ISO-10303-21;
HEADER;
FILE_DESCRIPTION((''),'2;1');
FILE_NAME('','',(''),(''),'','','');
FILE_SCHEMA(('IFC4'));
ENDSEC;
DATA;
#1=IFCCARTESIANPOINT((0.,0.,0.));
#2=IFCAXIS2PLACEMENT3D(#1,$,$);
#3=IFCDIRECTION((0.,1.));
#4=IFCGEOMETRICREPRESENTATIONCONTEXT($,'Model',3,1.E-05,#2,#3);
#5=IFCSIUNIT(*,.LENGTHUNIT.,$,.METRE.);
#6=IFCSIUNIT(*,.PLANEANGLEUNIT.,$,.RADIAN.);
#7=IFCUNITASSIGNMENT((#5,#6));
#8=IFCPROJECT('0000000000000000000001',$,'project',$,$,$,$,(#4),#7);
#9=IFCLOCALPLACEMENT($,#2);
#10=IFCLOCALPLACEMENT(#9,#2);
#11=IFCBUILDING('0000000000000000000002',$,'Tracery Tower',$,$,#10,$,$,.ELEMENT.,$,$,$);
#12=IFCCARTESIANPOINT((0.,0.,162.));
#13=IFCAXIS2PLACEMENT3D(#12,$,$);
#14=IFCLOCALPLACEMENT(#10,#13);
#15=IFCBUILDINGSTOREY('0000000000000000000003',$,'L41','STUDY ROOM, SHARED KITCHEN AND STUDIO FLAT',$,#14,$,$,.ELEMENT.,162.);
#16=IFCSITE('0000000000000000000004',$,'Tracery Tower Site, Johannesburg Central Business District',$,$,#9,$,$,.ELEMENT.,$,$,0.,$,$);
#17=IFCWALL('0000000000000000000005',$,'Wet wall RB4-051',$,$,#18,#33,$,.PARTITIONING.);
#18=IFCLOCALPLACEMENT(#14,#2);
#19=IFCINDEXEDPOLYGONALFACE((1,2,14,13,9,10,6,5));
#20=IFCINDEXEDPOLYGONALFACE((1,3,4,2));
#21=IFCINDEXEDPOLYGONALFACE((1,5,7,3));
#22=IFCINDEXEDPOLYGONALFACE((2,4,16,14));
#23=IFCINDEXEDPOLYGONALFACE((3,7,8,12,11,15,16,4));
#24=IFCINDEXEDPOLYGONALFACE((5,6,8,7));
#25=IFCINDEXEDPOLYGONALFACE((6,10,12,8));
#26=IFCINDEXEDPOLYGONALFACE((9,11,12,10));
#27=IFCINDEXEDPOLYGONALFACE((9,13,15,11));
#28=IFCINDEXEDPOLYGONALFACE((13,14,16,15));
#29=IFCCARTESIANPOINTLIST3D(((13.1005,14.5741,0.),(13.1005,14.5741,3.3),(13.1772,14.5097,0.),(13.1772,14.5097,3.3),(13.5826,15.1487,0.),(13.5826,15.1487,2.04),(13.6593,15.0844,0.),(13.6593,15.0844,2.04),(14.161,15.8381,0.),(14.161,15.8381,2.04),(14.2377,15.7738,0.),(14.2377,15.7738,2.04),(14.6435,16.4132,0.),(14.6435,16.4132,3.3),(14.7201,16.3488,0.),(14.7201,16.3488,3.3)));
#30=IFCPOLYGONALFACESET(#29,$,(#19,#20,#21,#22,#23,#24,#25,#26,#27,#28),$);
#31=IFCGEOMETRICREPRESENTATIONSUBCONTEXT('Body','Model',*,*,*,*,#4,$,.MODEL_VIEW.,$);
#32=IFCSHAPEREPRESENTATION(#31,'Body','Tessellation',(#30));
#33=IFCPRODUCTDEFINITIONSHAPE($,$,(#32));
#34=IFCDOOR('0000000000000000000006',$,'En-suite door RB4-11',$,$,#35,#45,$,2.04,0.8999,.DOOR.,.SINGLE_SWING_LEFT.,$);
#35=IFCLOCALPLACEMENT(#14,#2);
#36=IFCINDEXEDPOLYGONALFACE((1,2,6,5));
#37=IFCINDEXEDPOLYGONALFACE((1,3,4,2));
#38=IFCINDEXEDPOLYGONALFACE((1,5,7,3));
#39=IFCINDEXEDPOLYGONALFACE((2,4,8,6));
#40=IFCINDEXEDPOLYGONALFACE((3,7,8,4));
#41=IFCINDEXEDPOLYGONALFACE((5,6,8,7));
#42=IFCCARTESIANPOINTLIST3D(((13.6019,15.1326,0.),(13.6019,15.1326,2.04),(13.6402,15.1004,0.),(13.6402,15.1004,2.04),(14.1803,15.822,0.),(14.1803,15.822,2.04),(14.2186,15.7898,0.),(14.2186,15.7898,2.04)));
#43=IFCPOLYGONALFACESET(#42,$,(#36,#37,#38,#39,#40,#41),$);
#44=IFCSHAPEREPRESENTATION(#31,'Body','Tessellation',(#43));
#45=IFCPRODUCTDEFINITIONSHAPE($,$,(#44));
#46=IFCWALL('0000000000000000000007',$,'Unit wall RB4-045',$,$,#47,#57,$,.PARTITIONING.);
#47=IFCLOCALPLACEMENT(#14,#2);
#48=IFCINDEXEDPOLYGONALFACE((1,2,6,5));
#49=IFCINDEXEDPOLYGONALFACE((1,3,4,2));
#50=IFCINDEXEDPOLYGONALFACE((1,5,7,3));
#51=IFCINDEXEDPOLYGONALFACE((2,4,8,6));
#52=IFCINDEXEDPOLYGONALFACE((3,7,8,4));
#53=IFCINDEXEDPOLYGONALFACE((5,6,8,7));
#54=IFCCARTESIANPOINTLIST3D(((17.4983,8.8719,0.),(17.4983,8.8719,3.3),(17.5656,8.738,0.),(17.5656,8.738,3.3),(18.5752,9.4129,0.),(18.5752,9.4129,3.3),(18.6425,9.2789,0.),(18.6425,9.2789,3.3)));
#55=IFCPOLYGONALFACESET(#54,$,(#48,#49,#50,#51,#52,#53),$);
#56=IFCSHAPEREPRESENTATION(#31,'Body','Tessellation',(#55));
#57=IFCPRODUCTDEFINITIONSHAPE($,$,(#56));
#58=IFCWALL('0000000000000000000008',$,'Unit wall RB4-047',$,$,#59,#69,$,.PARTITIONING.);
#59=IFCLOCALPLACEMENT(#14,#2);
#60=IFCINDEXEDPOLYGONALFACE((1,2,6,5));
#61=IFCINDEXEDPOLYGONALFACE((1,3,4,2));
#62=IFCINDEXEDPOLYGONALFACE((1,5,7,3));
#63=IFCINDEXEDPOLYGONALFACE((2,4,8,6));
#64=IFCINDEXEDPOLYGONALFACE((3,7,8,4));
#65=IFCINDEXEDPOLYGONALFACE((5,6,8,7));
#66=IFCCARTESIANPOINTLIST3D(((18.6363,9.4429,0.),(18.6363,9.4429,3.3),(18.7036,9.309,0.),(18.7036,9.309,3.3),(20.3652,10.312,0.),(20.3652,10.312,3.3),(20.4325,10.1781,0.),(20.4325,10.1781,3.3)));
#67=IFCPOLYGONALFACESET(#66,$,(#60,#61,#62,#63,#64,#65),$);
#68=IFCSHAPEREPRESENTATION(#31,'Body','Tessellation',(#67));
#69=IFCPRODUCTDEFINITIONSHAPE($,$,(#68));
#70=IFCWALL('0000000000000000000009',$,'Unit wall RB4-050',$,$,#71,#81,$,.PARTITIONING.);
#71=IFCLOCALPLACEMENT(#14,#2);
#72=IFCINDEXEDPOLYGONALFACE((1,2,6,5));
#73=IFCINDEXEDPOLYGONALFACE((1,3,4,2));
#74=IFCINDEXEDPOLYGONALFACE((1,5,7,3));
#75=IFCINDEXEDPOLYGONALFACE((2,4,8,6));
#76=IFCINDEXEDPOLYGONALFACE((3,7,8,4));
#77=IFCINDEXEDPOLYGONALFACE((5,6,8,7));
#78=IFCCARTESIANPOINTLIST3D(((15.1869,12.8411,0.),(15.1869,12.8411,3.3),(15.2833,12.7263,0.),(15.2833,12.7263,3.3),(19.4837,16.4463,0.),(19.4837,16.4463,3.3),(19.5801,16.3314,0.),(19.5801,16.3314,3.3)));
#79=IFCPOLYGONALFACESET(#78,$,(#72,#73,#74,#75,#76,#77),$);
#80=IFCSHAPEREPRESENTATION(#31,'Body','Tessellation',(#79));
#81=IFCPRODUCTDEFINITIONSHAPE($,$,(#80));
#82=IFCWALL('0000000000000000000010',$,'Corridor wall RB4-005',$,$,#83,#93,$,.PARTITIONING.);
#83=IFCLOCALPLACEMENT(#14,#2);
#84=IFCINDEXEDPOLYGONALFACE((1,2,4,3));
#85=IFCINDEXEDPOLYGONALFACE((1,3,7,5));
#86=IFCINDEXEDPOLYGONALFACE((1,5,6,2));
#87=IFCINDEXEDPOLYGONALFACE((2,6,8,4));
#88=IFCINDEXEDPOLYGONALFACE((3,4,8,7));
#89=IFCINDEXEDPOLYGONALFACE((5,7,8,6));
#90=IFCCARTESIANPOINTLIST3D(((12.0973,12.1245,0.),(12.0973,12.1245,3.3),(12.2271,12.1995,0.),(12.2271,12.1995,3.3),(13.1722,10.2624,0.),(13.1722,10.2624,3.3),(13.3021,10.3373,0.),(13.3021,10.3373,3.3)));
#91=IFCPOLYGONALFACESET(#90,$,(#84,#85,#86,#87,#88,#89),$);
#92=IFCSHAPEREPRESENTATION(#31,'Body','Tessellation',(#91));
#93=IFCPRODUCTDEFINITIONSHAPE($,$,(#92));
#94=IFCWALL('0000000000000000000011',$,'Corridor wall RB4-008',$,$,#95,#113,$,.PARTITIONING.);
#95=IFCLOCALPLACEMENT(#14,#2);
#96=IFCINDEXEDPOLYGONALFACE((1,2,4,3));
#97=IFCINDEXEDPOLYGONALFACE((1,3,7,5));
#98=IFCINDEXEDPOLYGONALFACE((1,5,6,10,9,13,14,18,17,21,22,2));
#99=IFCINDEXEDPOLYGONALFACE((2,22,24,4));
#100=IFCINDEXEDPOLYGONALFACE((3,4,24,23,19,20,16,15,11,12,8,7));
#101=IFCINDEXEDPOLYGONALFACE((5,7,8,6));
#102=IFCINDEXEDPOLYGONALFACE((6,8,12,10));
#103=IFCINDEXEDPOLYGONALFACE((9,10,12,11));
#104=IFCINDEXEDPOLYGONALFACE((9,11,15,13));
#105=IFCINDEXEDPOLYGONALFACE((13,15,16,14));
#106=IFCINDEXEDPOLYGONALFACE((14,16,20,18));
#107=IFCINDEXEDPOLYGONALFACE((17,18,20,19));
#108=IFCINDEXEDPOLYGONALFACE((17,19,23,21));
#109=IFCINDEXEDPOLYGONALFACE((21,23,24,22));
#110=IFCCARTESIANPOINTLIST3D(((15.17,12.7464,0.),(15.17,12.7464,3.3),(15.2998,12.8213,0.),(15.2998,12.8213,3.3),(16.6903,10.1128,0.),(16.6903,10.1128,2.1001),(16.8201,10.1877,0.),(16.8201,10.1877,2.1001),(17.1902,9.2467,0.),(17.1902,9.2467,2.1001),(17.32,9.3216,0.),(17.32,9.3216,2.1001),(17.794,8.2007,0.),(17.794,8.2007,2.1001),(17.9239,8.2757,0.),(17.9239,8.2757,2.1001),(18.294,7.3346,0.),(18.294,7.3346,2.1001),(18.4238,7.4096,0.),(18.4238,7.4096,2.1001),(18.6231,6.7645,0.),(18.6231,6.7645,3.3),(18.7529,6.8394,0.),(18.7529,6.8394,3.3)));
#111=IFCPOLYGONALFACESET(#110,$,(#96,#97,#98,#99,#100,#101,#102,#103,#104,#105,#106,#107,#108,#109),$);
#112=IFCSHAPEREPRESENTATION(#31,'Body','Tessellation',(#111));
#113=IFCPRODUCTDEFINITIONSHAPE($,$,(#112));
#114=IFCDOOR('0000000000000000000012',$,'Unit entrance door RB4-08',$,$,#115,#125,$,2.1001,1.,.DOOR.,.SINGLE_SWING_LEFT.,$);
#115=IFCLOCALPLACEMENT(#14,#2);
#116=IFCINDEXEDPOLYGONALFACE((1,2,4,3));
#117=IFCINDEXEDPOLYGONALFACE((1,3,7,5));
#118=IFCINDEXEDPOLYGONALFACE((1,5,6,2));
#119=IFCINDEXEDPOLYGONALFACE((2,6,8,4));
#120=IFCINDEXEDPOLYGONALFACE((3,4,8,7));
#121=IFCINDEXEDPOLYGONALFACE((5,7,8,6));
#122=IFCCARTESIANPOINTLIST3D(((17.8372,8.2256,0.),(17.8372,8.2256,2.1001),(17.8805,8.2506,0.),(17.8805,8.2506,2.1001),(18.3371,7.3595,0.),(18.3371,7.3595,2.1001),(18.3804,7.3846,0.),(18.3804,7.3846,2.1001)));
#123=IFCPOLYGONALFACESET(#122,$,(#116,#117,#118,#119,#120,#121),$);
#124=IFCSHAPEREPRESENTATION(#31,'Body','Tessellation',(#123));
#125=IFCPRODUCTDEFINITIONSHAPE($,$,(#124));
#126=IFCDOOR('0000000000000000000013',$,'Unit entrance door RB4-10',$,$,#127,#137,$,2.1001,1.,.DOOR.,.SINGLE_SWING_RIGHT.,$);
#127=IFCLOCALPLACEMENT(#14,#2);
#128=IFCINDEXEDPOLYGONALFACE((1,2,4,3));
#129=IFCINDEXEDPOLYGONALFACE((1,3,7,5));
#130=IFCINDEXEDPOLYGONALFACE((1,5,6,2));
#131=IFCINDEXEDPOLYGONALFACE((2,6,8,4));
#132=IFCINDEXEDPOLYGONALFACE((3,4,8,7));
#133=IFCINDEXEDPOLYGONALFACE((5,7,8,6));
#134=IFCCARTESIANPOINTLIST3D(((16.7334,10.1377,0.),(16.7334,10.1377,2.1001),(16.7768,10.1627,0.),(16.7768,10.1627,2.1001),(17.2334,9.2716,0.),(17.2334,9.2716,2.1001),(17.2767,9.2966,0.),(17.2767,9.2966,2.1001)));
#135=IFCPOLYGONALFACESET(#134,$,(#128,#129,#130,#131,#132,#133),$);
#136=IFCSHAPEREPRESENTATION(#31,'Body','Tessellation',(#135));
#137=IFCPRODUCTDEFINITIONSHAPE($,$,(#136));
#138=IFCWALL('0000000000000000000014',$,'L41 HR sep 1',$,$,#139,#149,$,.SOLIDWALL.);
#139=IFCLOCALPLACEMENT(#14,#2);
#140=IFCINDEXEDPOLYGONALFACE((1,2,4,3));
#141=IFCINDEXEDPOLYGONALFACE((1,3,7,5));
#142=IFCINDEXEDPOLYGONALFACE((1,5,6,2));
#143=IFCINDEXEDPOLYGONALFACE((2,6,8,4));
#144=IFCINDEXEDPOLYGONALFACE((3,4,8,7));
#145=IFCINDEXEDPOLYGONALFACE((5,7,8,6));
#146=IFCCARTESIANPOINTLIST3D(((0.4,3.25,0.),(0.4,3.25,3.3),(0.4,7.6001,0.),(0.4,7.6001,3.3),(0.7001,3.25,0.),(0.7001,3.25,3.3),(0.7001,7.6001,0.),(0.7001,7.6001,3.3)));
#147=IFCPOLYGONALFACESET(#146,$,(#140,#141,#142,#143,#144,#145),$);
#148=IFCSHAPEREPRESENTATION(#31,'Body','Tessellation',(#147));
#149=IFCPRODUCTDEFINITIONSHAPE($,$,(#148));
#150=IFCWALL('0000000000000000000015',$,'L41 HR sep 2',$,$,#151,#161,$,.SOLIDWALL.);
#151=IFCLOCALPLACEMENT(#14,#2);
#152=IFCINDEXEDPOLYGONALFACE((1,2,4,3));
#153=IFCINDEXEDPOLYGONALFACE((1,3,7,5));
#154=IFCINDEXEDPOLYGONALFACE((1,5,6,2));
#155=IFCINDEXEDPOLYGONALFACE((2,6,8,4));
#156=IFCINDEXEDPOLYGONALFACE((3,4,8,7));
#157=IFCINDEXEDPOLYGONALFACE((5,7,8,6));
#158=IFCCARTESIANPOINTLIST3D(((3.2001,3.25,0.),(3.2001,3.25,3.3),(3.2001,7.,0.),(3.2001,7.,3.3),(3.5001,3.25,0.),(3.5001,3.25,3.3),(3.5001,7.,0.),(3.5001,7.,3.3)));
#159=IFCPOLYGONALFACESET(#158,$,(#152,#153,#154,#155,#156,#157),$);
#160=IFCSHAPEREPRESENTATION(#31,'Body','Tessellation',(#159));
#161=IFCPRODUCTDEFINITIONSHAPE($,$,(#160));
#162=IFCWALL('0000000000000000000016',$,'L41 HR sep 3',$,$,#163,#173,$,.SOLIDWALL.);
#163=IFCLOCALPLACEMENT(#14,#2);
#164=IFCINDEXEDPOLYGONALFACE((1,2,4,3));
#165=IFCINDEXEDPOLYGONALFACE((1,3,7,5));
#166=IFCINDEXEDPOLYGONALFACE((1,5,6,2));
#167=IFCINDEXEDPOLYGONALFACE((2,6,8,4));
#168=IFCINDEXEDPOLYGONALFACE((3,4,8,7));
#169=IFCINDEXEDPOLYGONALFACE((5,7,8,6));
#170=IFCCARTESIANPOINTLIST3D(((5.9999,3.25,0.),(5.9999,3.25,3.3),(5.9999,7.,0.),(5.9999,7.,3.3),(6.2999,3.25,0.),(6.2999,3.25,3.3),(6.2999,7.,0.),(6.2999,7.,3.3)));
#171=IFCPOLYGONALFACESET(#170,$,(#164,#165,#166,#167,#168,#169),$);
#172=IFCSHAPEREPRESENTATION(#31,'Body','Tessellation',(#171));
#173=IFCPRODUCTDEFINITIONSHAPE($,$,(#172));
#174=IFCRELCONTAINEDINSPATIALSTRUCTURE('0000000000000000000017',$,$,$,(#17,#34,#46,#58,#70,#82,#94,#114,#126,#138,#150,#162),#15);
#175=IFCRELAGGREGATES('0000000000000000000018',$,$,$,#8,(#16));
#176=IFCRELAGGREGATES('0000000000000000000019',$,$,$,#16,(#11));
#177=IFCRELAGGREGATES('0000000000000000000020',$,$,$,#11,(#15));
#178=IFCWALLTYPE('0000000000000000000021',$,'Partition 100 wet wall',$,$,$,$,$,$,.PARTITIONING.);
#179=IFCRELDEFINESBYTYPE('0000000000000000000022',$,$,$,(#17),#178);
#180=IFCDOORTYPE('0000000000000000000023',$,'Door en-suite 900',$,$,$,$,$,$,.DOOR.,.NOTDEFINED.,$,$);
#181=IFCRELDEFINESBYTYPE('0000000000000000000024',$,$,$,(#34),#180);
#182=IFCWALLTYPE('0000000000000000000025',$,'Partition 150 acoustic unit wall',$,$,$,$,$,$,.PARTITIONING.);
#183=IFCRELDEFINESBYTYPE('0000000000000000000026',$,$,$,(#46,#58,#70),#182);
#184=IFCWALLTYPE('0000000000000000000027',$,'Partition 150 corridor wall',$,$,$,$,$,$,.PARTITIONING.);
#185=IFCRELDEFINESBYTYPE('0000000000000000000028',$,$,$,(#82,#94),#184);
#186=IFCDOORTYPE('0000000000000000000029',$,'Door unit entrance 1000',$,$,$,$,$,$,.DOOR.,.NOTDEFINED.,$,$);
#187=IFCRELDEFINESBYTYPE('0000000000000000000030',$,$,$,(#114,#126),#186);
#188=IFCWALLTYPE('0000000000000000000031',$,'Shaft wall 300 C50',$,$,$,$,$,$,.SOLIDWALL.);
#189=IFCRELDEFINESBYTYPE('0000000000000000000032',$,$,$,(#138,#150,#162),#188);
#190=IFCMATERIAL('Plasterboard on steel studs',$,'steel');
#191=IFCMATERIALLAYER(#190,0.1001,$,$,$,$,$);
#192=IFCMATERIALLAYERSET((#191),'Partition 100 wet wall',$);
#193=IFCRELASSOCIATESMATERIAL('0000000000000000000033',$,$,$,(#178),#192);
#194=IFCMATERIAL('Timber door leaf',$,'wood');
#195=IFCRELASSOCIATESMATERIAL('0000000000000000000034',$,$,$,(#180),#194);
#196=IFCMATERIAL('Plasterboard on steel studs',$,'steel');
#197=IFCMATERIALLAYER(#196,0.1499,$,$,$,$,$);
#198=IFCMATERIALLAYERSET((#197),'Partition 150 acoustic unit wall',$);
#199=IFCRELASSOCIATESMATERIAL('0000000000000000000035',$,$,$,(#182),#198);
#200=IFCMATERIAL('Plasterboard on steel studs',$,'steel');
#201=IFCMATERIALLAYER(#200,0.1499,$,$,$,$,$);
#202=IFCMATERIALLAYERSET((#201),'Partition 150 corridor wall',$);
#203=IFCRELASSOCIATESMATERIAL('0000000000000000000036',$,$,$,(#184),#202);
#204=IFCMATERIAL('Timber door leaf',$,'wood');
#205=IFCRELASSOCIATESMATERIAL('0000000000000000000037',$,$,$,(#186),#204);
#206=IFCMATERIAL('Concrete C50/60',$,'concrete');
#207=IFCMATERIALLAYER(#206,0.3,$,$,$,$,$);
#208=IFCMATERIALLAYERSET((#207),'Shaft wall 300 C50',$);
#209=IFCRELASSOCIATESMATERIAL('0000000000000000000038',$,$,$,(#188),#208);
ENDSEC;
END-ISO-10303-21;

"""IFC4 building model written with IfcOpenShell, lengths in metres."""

from ifc_helpers import new_model, si_unit, direction, frame, frame_2d, origin, place, context, subcontext, project, spatial, rectangle, extrude, material, layer, layer_set, type_object, element, fill, save


model = new_model("IFC4")

# Units and contexts
model_context = context("Model", 3, precision=1e-05, world=origin(), true_north=direction((0.0, 1.0)))
body_context = subcontext(model_context, "Body", "Model", "MODEL_VIEW")
ifc_project = project(units=[si_unit("LENGTHUNIT", "METRE"), si_unit("PLANEANGLEUNIT", "RADIAN")], contexts=[model_context])

# Site, building, storey
site_placement = place(None, origin())
site = spatial("IfcSite", under=ifc_project, at=site_placement, Name="Tracery Tower Site, Johannesburg Central Business District", CompositionType="ELEMENT", RefElevation=0.0)
building_placement = place(site_placement, origin())
building = spatial("IfcBuilding", under=site, at=building_placement, Name="Tracery Tower", CompositionType="ELEMENT")
storey_placement = place(building_placement, frame((0.0, 0.0, 162.0)))
storey = spatial("IfcBuildingStorey", under=building, at=storey_placement, Name="L41", Description="STUDY ROOM, SHARED KITCHEN AND STUDIO FLAT", CompositionType="ELEMENT", Elevation=162.0)

# Shared definitions
ifc_material_1 = material(Name="Plasterboard on steel studs", Category="steel")
ifc_layer_1 = layer(ifc_material_1, 0.1001)
ifc_layer_set_1 = layer_set([ifc_layer_1], Name="Partition 100 wet wall")
wall_type_1 = type_object("IfcWallType", Name="Partition 100 wet wall", PredefinedType="PARTITIONING", material=ifc_layer_set_1)
ifc_material_2 = material(Name="Timber door leaf", Category="wood")
door_type_1 = type_object("IfcDoorType", Name="Door en-suite 900", OperationType="NOTDEFINED", PredefinedType="DOOR", material=ifc_material_2)

# Wall, opening, door
wall_1_placement = place(storey_placement, frame((13.1389, 14.542, 0.0), z_axis=(0.0, 0.0, 1.0), x_axis=(0.642732, 0.766091, 0.0)))
wall_1 = element("IfcWall", 1, at=wall_1_placement, inside=storey, type_object=wall_type_1, Name="Wet wall RB4-051", PredefinedType="PARTITIONING", context=body_context, shape_type="SweptSolid", body=[
    extrude(rectangle(XDim=2.4006, YDim=0.1001, at=frame_2d((1.2002, 0.0))), origin(), (0.0, 0.0, 1.0), 3.3),
])
opening_1_placement = place(wall_1_placement, frame((0.75, 0.0, 0.0)))
opening_1 = element("IfcOpeningElement", 2, at=opening_1_placement, cuts=wall_1, PredefinedType="OPENING", context=body_context, shape_type="SweptSolid", body=[
    extrude(rectangle(XDim=0.8999, YDim=2.04, at=frame_2d((0.45, 1.02))), frame((0.0, 0.05, 0.0), z_axis=(0.0, -1.0, 0.0), x_axis=(1.0, 0.0, 0.0)), (0.0, 0.0, 1.0), 0.1001),
])
door_1_placement = place(opening_1_placement, origin())
door_1 = element("IfcDoor", 3, at=door_1_placement, inside=storey, type_object=door_type_1, Name="En-suite door RB4-11", OperationType="SINGLE_SWING_LEFT", OverallHeight=2.04, OverallWidth=0.8999, PredefinedType="DOOR", context=body_context, shape_type="SweptSolid", body=[
    extrude(rectangle(XDim=0.8999, YDim=2.04, at=frame_2d((0.45, 1.02))), frame((0.0, 0.0249, 0.0), z_axis=(0.0, -1.0, 0.0), x_axis=(1.0, 0.0, 0.0)), (0.0, 0.0, 1.0), 0.05),
])
fill(opening_1, door_1)

# Walls
ifc_material_3 = material(Name="Plasterboard on steel studs", Category="steel")
ifc_layer_2 = layer(ifc_material_3, 0.1499)
ifc_layer_set_2 = layer_set([ifc_layer_2], Name="Partition 150 acoustic unit wall")
wall_type_2 = type_object("IfcWallType", Name="Partition 150 acoustic unit wall", PredefinedType="PARTITIONING", material=ifc_layer_set_2)
wall_2_placement = place(storey_placement, frame((17.532, 8.8049, 0.0), z_axis=(0.0, 0.0, 1.0), x_axis=(0.893575, 0.448914, 0.0)))
element("IfcWall", 4, at=wall_2_placement, inside=storey, type_object=wall_type_2, Name="Unit wall RB4-045", PredefinedType="PARTITIONING", context=body_context, shape_type="SweptSolid", body=[
    extrude(rectangle(XDim=1.2051, YDim=0.1499, at=frame_2d((0.6025, 0.0))), origin(), (0.0, 0.0, 1.0), 3.3),
])
wall_3_placement = place(storey_placement, frame((18.6699, 9.376, 0.0), z_axis=(0.0, 0.0, 1.0), x_axis=(0.893466, 0.44913, 0.0)))
element("IfcWall", 5, at=wall_3_placement, inside=storey, type_object=wall_type_2, Name="Unit wall RB4-047", PredefinedType="PARTITIONING", context=body_context, shape_type="SweptSolid", body=[
    extrude(rectangle(XDim=1.9351, YDim=0.1499, at=frame_2d((0.9675, 0.0))), origin(), (0.0, 0.0, 1.0), 3.3),
])
wall_4_placement = place(storey_placement, frame((15.2351, 12.7837, 0.0), z_axis=(0.0, 0.0, 1.0), x_axis=(0.766069, 0.642758, 0.0)))
element("IfcWall", 6, at=wall_4_placement, inside=storey, type_object=wall_type_2, Name="Unit wall RB4-050", PredefinedType="PARTITIONING", context=body_context, shape_type="SweptSolid", body=[
    extrude(rectangle(XDim=5.6089, YDim=0.1499, at=frame_2d((2.8044, 0.0))), origin(), (0.0, 0.0, 1.0), 3.3),
])
ifc_material_4 = material(Name="Plasterboard on steel studs", Category="steel")
ifc_layer_3 = layer(ifc_material_4, 0.1499)
ifc_layer_set_3 = layer_set([ifc_layer_3], Name="Partition 150 corridor wall")
wall_type_3 = type_object("IfcWallType", Name="Partition 150 corridor wall", PredefinedType="PARTITIONING", material=ifc_layer_set_3)
wall_5_placement = place(storey_placement, frame((12.1621, 12.1621, 0.0), z_axis=(0.0, 0.0, 1.0), x_axis=(0.499962, -0.866048, 0.0)))
element("IfcWall", 7, at=wall_5_placement, inside=storey, type_object=wall_type_3, Name="Corridor wall RB4-005", PredefinedType="PARTITIONING", context=body_context, shape_type="SweptSolid", body=[
    extrude(rectangle(XDim=2.1501, YDim=0.1499, at=frame_2d((1.0752, 0.0))), origin(), (0.0, 0.0, 1.0), 3.3),
])

# Wall, openings, doors
wall_6_placement = place(storey_placement, frame((15.2349, 12.7839, 0.0), z_axis=(0.0, 0.0, 1.0), x_axis=(0.499941, -0.86606, 0.0)))
wall_6 = element("IfcWall", 8, at=wall_6_placement, inside=storey, type_object=wall_type_3, Name="Corridor wall RB4-008", PredefinedType="PARTITIONING", context=body_context, shape_type="SweptSolid", body=[
    extrude(rectangle(XDim=6.907, YDim=0.1499, at=frame_2d((3.4536, 0.0))), origin(), (0.0, 0.0, 1.0), 3.3),
])
opening_2_placement = place(wall_6_placement, frame((5.2488, 0.0, 0.0)))
opening_2 = element("IfcOpeningElement", 9, at=opening_2_placement, cuts=wall_6, PredefinedType="OPENING", context=body_context, shape_type="SweptSolid", body=[
    extrude(rectangle(XDim=1.0, YDim=2.1001, at=frame_2d((0.5, 1.05))), frame((0.0, 0.075, 0.0), z_axis=(0.0, -1.0, 0.0), x_axis=(1.0, 0.0, 0.0)), (0.0, 0.0, 1.0), 0.1499),
])
opening_3_placement = place(wall_6_placement, frame((3.041, 0.0, 0.0)))
opening_3 = element("IfcOpeningElement", 10, at=opening_3_placement, cuts=wall_6, PredefinedType="OPENING", context=body_context, shape_type="SweptSolid", body=[
    extrude(rectangle(XDim=1.0, YDim=2.1001, at=frame_2d((0.5, 1.05))), frame((0.0, 0.075, 0.0), z_axis=(0.0, -1.0, 0.0), x_axis=(1.0, 0.0, 0.0)), (0.0, 0.0, 1.0), 0.1499),
])
ifc_material_5 = material(Name="Timber door leaf", Category="wood")
door_type_2 = type_object("IfcDoorType", Name="Door unit entrance 1000", OperationType="NOTDEFINED", PredefinedType="DOOR", material=ifc_material_5)
door_2_placement = place(opening_2_placement, origin())
door_2 = element("IfcDoor", 11, at=door_2_placement, inside=storey, type_object=door_type_2, Name="Unit entrance door RB4-08", OperationType="SINGLE_SWING_LEFT", OverallHeight=2.1001, OverallWidth=1.0, PredefinedType="DOOR", context=body_context, shape_type="SweptSolid", body=[
    extrude(rectangle(XDim=1.0, YDim=2.1001, at=frame_2d((0.5, 1.05))), frame((0.0, 0.0249, 0.0), z_axis=(0.0, -1.0, 0.0), x_axis=(1.0, 0.0, 0.0)), (0.0, 0.0, 1.0), 0.05),
])
fill(opening_2, door_2)
door_3_placement = place(opening_3_placement, origin())
door_3 = element("IfcDoor", 12, at=door_3_placement, inside=storey, type_object=door_type_2, Name="Unit entrance door RB4-10", OperationType="SINGLE_SWING_RIGHT", OverallHeight=2.1001, OverallWidth=1.0, PredefinedType="DOOR", context=body_context, shape_type="SweptSolid", body=[
    extrude(rectangle(XDim=1.0, YDim=2.1001, at=frame_2d((0.5, 1.05))), frame((0.0, 0.0249, 0.0), z_axis=(0.0, -1.0, 0.0), x_axis=(1.0, 0.0, 0.0)), (0.0, 0.0, 1.0), 0.05),
])
fill(opening_3, door_3)

# Walls
ifc_material_6 = material(Name="Concrete C50/60", Category="concrete")
ifc_layer_4 = layer(ifc_material_6, 0.3)
ifc_layer_set_4 = layer_set([ifc_layer_4], Name="Shaft wall 300 C50")
wall_type_4 = type_object("IfcWallType", Name="Shaft wall 300 C50", PredefinedType="SOLIDWALL", material=ifc_layer_set_4)
wall_7_placement = place(storey_placement, frame((0.55, 3.25, 0.0), z_axis=(0.0, 0.0, 1.0), x_axis=(0.0, 1.0, 0.0)))
element("IfcWall", 13, at=wall_7_placement, inside=storey, type_object=wall_type_4, Name="L41 HR sep 1", PredefinedType="SOLIDWALL", context=body_context, shape_type="SweptSolid", body=[
    extrude(rectangle(XDim=4.3501, YDim=0.3, at=frame_2d((2.175, 0.0))), origin(), (0.0, 0.0, 1.0), 3.3),
])
for number, where, z_axis, x_axis, name in (
    (14, (3.3501, 3.25, 0.0), (0.0, 0.0, 1.0), (0.0, 1.0, 0.0), "L41 HR sep 2"),
    (15, (6.1499, 3.25, 0.0), (0.0, 0.0, 1.0), (0.0, 1.0, 0.0), "L41 HR sep 3"),
):
    element("IfcWall", number, at=place(storey_placement, frame(where, z_axis=z_axis, x_axis=x_axis)), inside=storey, type_object=wall_type_4, Name=name, PredefinedType="SOLIDWALL", context=body_context, shape_type="SweptSolid", body=[
        extrude(rectangle(XDim=3.75, YDim=0.3, at=frame_2d((1.875, 0.0))), origin(), (0.0, 0.0, 1.0), 3.3),
    ])

save(model, "model.ifc")
